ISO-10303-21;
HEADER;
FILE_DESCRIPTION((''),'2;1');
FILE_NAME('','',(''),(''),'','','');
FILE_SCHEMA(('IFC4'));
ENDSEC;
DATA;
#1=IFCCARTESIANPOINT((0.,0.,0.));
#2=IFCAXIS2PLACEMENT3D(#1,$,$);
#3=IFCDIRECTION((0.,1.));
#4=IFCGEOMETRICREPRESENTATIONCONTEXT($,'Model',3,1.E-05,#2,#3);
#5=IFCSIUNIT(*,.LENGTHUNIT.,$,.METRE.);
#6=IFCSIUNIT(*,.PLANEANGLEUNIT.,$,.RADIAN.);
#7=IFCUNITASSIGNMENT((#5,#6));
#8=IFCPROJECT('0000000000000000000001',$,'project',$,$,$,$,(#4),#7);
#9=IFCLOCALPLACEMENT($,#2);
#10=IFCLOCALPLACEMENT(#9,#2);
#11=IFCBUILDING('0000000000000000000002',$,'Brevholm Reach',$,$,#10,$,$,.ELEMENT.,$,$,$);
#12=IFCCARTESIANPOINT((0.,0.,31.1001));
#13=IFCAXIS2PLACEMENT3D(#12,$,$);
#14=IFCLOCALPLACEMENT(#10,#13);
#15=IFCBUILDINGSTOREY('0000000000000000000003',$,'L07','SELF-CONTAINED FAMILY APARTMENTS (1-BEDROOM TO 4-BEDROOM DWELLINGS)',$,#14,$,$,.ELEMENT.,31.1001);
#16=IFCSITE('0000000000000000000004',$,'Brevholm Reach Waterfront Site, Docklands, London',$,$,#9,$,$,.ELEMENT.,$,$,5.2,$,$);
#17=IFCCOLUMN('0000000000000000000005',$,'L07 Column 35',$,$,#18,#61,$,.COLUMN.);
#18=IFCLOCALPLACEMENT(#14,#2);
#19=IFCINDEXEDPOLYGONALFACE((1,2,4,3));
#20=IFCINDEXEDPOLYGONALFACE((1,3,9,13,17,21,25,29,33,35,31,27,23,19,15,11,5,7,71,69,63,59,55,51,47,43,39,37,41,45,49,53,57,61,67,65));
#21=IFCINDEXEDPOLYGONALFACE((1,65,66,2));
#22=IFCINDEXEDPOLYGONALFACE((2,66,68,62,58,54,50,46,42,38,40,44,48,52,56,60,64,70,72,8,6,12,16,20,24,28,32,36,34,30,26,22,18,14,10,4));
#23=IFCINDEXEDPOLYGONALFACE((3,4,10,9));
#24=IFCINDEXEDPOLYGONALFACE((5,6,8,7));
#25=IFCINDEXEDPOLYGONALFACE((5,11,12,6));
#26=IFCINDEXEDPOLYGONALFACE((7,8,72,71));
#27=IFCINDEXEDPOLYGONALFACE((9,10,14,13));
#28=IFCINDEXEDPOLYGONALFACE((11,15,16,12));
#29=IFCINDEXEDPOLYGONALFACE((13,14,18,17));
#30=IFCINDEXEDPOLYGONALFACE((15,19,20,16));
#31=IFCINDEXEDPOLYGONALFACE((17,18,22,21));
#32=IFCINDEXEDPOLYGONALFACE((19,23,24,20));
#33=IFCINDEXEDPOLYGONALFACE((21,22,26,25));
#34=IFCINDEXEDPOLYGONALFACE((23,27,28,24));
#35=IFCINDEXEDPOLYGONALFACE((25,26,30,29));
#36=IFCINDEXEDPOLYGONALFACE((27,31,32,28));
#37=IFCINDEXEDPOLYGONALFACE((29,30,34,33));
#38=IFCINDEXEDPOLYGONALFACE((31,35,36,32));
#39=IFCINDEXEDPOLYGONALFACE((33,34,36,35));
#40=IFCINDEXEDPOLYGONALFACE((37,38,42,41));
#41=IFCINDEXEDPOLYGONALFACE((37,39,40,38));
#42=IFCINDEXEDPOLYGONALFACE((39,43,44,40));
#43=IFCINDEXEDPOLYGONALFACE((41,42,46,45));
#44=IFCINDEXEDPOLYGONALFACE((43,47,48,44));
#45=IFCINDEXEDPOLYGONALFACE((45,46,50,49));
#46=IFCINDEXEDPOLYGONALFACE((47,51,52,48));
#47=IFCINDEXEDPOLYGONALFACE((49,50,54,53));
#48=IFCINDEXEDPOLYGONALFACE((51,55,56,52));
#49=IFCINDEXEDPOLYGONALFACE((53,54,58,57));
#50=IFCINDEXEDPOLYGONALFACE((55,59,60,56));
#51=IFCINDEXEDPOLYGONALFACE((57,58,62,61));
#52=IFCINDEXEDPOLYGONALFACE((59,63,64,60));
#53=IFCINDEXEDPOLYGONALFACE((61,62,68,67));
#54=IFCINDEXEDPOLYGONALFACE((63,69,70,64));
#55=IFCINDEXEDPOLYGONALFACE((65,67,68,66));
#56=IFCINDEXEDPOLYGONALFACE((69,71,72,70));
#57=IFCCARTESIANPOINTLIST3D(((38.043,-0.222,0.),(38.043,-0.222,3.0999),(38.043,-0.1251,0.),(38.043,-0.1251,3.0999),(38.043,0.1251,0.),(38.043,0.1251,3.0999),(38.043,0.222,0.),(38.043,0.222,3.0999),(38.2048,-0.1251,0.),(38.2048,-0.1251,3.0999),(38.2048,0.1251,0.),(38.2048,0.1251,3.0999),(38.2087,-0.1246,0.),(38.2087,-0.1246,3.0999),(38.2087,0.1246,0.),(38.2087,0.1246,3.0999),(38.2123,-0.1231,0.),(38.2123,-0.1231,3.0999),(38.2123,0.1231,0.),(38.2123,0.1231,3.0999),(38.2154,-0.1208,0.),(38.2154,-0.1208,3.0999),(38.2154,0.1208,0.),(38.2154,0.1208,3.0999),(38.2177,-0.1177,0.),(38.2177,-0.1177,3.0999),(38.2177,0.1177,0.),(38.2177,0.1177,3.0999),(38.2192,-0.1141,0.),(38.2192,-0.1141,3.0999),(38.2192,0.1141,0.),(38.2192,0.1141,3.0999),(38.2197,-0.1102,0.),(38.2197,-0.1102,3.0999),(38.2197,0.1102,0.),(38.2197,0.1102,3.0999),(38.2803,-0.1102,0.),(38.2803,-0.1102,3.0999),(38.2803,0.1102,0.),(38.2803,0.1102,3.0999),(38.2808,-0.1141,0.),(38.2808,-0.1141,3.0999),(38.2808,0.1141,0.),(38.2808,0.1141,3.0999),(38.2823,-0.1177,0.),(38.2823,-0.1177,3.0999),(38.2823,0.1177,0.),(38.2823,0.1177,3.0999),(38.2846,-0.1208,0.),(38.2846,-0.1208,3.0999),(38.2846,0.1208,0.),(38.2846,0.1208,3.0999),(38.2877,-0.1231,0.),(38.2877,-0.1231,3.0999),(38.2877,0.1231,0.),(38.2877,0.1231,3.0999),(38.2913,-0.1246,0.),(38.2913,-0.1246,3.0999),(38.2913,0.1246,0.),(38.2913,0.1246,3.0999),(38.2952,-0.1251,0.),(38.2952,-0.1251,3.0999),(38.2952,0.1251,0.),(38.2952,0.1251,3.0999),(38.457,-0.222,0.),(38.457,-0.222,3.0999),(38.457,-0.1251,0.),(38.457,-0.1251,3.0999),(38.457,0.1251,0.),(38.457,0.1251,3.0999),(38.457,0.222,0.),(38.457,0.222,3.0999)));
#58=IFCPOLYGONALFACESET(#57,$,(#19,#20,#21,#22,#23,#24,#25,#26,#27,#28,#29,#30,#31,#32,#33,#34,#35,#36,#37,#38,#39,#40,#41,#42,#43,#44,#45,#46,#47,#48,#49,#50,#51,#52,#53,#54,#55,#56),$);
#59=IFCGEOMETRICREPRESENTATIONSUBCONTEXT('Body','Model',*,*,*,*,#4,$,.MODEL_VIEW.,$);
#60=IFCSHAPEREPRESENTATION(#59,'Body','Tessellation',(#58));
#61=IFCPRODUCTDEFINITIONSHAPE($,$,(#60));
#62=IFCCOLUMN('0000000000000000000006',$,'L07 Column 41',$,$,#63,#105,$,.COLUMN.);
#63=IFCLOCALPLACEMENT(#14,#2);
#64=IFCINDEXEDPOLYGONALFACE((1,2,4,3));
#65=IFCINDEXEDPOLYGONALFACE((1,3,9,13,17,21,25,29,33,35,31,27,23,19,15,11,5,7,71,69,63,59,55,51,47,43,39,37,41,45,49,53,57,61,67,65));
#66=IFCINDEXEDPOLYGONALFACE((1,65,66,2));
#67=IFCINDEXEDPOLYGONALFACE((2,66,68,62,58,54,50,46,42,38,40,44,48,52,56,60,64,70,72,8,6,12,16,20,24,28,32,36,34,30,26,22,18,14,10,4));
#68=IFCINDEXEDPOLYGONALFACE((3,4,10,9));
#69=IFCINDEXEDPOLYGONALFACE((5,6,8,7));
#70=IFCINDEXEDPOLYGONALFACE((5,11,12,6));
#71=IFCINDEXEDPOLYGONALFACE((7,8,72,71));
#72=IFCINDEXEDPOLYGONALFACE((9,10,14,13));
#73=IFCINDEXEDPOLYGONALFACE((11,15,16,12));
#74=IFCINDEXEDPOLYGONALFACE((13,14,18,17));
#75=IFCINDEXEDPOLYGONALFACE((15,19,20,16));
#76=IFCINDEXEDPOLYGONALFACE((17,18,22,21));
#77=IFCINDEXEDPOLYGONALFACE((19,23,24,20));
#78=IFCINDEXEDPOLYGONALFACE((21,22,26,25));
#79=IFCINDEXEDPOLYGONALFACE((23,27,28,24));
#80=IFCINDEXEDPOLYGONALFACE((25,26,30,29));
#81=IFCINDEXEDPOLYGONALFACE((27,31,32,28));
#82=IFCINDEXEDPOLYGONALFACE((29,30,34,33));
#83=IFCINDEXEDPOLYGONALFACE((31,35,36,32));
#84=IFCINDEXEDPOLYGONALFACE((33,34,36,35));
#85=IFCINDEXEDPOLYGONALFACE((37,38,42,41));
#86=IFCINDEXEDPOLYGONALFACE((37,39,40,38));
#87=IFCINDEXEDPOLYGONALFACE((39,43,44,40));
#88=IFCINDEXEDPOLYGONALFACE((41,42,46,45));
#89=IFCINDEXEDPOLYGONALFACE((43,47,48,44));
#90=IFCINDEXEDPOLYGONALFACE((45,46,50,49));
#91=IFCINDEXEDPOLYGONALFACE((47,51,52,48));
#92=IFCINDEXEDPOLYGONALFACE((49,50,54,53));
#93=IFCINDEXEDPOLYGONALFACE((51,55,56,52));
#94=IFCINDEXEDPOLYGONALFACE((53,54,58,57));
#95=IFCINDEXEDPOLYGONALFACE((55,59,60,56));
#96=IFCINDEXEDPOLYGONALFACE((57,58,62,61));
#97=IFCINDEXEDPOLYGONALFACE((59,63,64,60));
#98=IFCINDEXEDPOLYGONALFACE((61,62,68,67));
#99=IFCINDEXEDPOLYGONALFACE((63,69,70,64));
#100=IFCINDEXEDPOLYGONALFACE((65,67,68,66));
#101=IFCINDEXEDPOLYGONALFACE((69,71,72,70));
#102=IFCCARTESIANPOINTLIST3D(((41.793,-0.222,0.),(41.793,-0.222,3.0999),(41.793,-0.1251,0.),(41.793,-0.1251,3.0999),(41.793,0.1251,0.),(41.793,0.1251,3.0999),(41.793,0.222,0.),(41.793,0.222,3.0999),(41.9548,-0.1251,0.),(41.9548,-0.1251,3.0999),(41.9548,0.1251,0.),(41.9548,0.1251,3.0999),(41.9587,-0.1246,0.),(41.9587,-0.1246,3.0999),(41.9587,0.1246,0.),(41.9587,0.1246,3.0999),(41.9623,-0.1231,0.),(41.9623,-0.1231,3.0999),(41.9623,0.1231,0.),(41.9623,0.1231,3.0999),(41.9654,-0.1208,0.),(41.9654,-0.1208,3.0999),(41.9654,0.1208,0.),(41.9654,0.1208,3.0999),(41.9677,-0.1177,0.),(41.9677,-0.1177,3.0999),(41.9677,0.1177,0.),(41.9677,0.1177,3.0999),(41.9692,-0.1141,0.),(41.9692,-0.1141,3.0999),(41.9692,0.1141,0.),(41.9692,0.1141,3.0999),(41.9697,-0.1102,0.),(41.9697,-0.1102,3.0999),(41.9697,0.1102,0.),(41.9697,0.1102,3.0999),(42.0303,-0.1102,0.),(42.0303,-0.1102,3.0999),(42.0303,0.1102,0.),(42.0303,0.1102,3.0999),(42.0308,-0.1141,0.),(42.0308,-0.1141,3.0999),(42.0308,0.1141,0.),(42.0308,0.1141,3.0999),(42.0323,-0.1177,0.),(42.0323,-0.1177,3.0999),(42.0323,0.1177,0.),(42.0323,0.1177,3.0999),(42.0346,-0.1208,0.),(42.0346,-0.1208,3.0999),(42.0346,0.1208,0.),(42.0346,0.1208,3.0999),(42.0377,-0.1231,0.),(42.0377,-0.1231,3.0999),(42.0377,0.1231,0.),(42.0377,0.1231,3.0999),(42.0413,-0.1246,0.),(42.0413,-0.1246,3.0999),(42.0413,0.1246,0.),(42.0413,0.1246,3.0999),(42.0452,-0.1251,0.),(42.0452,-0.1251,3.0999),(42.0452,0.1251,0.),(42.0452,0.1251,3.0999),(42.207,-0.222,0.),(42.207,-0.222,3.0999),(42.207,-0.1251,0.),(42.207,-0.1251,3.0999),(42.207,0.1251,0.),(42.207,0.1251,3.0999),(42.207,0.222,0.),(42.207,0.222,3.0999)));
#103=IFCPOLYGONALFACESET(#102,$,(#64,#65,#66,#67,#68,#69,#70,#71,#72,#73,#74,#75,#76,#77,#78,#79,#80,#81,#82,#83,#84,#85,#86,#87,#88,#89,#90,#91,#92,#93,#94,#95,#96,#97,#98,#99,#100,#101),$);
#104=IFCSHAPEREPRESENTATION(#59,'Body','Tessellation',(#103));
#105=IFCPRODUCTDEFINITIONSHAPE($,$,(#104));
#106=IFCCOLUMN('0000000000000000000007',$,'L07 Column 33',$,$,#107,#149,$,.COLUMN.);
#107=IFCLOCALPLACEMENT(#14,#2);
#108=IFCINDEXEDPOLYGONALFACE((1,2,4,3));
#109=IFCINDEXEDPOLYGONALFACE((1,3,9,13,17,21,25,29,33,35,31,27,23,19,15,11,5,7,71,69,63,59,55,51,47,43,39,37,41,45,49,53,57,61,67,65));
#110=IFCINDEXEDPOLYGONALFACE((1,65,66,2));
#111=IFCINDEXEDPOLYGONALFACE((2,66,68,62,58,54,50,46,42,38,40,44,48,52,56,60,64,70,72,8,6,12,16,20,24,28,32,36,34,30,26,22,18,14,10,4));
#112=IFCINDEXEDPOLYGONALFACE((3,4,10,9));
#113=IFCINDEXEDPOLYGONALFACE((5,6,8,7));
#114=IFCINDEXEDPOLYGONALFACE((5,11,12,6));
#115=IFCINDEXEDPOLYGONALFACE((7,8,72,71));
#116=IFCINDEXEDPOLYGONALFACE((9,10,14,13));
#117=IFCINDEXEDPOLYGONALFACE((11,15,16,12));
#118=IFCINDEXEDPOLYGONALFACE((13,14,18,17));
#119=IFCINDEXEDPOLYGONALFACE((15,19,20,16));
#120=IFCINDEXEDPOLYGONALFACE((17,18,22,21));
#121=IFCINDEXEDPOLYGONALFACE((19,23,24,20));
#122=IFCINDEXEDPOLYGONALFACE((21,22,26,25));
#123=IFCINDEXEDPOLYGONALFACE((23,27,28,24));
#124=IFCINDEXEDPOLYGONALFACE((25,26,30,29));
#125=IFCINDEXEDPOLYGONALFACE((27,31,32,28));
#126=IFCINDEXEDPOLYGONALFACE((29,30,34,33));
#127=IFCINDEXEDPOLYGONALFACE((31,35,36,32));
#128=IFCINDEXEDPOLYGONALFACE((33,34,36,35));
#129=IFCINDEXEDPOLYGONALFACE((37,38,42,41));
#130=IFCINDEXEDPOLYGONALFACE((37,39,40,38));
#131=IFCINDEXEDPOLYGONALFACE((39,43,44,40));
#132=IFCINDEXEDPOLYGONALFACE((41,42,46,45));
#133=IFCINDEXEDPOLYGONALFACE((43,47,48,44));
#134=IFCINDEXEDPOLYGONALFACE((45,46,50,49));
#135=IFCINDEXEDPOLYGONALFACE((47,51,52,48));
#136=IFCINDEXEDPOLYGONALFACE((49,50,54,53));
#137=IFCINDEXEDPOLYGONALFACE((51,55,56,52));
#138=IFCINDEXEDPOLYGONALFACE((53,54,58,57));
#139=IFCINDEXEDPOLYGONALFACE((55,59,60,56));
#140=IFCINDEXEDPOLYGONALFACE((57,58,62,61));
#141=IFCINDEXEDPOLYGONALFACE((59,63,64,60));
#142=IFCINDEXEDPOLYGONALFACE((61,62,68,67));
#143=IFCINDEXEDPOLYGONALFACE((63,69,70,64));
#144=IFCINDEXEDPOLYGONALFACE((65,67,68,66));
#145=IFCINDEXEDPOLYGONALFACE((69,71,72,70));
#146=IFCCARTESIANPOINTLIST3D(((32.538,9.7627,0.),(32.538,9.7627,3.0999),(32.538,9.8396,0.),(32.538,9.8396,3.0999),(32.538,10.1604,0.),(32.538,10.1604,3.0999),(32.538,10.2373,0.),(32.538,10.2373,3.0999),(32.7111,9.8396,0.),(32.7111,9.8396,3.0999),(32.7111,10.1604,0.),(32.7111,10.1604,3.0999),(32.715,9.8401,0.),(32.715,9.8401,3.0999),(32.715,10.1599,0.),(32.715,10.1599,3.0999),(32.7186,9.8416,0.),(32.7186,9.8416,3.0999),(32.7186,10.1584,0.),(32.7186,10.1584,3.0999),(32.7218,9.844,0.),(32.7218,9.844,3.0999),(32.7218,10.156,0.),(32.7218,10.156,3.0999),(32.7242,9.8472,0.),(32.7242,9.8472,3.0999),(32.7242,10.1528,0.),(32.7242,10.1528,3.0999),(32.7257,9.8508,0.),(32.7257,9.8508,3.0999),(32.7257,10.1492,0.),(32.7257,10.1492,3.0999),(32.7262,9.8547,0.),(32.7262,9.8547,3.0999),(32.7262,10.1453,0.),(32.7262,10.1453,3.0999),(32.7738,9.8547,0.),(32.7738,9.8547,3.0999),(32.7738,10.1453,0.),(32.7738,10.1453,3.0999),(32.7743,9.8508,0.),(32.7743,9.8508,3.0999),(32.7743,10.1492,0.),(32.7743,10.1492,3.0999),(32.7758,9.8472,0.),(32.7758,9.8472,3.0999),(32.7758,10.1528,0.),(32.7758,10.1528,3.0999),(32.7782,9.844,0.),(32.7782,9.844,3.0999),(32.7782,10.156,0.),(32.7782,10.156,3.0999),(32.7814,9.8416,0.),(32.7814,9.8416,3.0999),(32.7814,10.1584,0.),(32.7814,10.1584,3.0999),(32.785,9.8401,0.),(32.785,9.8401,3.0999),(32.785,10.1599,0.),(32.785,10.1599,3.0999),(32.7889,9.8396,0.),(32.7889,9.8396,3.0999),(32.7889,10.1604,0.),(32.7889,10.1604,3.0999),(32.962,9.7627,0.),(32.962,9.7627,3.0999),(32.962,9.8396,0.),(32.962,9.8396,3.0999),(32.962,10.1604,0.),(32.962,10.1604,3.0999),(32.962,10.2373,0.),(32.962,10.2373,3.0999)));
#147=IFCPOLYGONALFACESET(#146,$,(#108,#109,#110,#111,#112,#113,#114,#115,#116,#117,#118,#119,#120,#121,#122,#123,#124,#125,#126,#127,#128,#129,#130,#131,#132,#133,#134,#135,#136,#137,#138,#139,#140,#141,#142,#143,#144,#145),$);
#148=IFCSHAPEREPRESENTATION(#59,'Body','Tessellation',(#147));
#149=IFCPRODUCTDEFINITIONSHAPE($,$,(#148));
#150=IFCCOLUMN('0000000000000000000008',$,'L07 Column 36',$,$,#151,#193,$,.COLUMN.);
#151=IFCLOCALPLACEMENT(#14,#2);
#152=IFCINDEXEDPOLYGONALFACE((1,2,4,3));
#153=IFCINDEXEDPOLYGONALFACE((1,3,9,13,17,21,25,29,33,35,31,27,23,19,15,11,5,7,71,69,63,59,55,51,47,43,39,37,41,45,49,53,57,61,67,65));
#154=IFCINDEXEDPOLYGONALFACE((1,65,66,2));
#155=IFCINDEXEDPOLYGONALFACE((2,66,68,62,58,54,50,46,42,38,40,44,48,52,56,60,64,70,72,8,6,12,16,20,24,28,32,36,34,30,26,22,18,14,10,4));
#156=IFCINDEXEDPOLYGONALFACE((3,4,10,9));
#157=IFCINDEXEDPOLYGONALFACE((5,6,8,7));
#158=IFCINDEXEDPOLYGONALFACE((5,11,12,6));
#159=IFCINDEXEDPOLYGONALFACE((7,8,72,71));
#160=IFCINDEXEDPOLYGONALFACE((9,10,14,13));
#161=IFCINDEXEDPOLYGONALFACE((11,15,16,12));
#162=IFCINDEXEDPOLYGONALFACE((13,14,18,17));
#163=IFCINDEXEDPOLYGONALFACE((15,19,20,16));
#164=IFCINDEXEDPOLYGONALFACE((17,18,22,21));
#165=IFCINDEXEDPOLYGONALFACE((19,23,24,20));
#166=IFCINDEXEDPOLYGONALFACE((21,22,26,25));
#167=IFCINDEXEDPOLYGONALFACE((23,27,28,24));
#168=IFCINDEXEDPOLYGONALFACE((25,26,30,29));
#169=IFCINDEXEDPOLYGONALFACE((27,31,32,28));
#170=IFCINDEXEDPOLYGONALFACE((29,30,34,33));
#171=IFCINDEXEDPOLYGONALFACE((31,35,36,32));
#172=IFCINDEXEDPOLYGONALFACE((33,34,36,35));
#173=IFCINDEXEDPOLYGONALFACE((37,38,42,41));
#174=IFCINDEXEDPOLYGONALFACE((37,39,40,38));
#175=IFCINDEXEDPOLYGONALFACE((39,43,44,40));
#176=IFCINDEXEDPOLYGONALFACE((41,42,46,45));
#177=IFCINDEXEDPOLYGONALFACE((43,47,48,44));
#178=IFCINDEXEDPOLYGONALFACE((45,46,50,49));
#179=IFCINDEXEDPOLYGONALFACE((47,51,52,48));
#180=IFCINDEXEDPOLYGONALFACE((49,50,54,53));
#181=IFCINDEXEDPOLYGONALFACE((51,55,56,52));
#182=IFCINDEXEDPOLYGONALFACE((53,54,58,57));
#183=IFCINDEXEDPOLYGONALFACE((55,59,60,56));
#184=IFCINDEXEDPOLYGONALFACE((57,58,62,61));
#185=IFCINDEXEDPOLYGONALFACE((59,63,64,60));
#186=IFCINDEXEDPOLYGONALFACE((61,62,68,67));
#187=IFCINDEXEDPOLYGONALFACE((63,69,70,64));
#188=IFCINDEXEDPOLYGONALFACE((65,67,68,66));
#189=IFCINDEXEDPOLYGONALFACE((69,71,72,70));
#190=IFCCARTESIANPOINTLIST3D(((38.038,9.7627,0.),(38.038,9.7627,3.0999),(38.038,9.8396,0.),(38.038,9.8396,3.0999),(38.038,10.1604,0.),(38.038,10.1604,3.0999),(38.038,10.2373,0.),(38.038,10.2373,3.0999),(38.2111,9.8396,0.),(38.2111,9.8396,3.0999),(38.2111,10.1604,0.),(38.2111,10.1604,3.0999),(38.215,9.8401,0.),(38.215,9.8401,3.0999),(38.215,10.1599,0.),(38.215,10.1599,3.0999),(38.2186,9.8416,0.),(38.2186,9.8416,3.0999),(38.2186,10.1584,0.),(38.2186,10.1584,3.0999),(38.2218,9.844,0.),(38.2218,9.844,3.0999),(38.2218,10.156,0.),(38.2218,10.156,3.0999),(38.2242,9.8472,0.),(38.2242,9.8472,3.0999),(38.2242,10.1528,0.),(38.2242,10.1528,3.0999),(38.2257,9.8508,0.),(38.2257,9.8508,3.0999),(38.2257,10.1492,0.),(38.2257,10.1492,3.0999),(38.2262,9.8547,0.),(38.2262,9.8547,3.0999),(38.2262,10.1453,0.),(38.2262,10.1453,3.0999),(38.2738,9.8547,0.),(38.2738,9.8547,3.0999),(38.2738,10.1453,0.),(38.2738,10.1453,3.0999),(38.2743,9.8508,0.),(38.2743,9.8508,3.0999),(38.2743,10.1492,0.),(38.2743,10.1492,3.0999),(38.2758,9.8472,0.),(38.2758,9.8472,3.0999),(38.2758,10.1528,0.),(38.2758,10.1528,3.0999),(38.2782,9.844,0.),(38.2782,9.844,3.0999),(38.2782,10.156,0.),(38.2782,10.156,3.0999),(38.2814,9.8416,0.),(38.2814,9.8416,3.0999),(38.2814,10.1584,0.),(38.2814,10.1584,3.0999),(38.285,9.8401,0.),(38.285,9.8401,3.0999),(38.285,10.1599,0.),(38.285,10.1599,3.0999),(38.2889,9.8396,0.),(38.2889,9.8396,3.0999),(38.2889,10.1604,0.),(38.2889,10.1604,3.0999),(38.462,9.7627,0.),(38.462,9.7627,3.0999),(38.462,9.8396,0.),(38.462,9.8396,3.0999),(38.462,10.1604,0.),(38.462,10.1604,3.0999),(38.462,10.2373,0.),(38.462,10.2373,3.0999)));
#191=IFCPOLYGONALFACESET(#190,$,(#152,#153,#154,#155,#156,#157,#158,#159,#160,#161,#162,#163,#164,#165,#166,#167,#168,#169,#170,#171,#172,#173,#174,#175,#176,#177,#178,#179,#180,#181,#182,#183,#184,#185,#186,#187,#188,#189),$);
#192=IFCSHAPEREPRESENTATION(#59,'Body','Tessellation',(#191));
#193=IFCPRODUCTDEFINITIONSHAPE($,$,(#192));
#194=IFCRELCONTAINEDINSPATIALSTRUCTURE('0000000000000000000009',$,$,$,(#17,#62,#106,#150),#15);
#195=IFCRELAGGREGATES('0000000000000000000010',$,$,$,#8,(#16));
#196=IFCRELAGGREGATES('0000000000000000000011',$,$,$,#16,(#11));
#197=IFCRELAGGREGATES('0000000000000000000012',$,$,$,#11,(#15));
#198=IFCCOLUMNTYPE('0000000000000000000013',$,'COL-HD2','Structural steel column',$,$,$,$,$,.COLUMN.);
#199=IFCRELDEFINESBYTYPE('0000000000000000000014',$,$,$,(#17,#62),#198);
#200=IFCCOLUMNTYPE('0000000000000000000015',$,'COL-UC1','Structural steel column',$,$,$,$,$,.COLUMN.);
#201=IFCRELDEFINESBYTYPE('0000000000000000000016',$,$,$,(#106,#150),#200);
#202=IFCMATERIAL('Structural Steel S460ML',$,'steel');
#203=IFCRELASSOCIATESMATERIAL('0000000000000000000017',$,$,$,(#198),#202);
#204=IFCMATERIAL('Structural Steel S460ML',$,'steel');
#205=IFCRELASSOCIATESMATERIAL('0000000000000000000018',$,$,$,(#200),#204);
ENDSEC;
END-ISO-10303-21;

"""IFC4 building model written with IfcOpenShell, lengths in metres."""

from ifc_helpers import new_model, si_unit, direction, frame, origin, origin_2d, place, context, subcontext, project, spatial, i_section, extrude, material, material_profile, profile_set, type_object, element, save


model = new_model("IFC4")

# Units and contexts
model_context = context("Model", 3, precision=1e-05, world=origin(), true_north=direction((0.0, 1.0)))
body_context = subcontext(model_context, "Body", "Model", "MODEL_VIEW")
ifc_project = project(units=[si_unit("LENGTHUNIT", "METRE"), si_unit("PLANEANGLEUNIT", "RADIAN")], contexts=[model_context])

# Site, building, storey
site_placement = place(None, origin())
site = spatial("IfcSite", under=ifc_project, at=site_placement, Name="Brevholm Reach Waterfront Site, Docklands, London", CompositionType="ELEMENT", RefElevation=5.2)
building_placement = place(site_placement, origin())
building = spatial("IfcBuilding", under=site, at=building_placement, Name="Brevholm Reach", CompositionType="ELEMENT")
storey_placement = place(building_placement, frame((0.0, 0.0, 31.1001)))
storey = spatial("IfcBuildingStorey", under=building, at=storey_placement, Name="L07", Description="SELF-CONTAINED FAMILY APARTMENTS (1-BEDROOM TO 4-BEDROOM DWELLINGS)", CompositionType="ELEMENT", Elevation=31.1001)

# Columns
ifc_material_1 = material(Name="Structural Steel S460ML", Category="steel")
ifc_material_profile_1 = material_profile(ifc_material_1, i_section(OverallWidth=0.4141, OverallDepth=0.4441, WebThickness=0.0605, FlangeThickness=0.0969, FilletRadius=0.0149, at=origin_2d()), Name="HD 400x818")
ifc_profile_set_1 = profile_set([ifc_material_profile_1], Name="Structural Steel S460ML")
column_type_1 = type_object("IfcColumnType", Name="COL-HD2", Description="Structural steel column", PredefinedType="COLUMN", material=ifc_profile_set_1)
for number, where, z_axis, x_axis, name in (
    (1, (38.25, 0.0, 0.0), (0.0, 0.0, 1.0), (1.0, 0.0, 0.0), "L07 Column 35"),
    (2, (42.0, 0.0, 0.0), (0.0, 0.0, 1.0), (1.0, 0.0, 0.0), "L07 Column 41"),
):
    element("IfcColumn", number, at=place(storey_placement, frame(where, z_axis=z_axis, x_axis=x_axis)), inside=storey, type_object=column_type_1, Name=name, PredefinedType="COLUMN", context=body_context, shape_type="SweptSolid", body=[
        extrude(i_section(OverallWidth=0.4141, OverallDepth=0.4441, WebThickness=0.0605, FlangeThickness=0.0969, FilletRadius=0.0149, at=origin_2d()), origin(), (0.0, 0.0, 1.0), 3.0999),
    ])
ifc_material_2 = material(Name="Structural Steel S460ML", Category="steel")
ifc_material_profile_2 = material_profile(ifc_material_2, i_section(OverallWidth=0.4241, OverallDepth=0.4746, WebThickness=0.0476, FlangeThickness=0.0769, FilletRadius=0.0151, at=origin_2d()), Name="UKC 356x406x634")
ifc_profile_set_2 = profile_set([ifc_material_profile_2], Name="Structural Steel S460ML")
column_type_2 = type_object("IfcColumnType", Name="COL-UC1", Description="Structural steel column", PredefinedType="COLUMN", material=ifc_profile_set_2)
for number, where, z_axis, x_axis, name in (
    (3, (32.75, 10.0, 0.0), (0.0, 0.0, 1.0), (1.0, 0.0, 0.0), "L07 Column 33"),
    (4, (38.25, 10.0, 0.0), (0.0, 0.0, 1.0), (1.0, 0.0, 0.0), "L07 Column 36"),
):
    element("IfcColumn", number, at=place(storey_placement, frame(where, z_axis=z_axis, x_axis=x_axis)), inside=storey, type_object=column_type_2, Name=name, PredefinedType="COLUMN", context=body_context, shape_type="SweptSolid", body=[
        extrude(i_section(OverallWidth=0.4241, OverallDepth=0.4746, WebThickness=0.0476, FlangeThickness=0.0769, FilletRadius=0.0151, at=origin_2d()), origin(), (0.0, 0.0, 1.0), 3.0999),
    ])

save(model, "model.ifc")
